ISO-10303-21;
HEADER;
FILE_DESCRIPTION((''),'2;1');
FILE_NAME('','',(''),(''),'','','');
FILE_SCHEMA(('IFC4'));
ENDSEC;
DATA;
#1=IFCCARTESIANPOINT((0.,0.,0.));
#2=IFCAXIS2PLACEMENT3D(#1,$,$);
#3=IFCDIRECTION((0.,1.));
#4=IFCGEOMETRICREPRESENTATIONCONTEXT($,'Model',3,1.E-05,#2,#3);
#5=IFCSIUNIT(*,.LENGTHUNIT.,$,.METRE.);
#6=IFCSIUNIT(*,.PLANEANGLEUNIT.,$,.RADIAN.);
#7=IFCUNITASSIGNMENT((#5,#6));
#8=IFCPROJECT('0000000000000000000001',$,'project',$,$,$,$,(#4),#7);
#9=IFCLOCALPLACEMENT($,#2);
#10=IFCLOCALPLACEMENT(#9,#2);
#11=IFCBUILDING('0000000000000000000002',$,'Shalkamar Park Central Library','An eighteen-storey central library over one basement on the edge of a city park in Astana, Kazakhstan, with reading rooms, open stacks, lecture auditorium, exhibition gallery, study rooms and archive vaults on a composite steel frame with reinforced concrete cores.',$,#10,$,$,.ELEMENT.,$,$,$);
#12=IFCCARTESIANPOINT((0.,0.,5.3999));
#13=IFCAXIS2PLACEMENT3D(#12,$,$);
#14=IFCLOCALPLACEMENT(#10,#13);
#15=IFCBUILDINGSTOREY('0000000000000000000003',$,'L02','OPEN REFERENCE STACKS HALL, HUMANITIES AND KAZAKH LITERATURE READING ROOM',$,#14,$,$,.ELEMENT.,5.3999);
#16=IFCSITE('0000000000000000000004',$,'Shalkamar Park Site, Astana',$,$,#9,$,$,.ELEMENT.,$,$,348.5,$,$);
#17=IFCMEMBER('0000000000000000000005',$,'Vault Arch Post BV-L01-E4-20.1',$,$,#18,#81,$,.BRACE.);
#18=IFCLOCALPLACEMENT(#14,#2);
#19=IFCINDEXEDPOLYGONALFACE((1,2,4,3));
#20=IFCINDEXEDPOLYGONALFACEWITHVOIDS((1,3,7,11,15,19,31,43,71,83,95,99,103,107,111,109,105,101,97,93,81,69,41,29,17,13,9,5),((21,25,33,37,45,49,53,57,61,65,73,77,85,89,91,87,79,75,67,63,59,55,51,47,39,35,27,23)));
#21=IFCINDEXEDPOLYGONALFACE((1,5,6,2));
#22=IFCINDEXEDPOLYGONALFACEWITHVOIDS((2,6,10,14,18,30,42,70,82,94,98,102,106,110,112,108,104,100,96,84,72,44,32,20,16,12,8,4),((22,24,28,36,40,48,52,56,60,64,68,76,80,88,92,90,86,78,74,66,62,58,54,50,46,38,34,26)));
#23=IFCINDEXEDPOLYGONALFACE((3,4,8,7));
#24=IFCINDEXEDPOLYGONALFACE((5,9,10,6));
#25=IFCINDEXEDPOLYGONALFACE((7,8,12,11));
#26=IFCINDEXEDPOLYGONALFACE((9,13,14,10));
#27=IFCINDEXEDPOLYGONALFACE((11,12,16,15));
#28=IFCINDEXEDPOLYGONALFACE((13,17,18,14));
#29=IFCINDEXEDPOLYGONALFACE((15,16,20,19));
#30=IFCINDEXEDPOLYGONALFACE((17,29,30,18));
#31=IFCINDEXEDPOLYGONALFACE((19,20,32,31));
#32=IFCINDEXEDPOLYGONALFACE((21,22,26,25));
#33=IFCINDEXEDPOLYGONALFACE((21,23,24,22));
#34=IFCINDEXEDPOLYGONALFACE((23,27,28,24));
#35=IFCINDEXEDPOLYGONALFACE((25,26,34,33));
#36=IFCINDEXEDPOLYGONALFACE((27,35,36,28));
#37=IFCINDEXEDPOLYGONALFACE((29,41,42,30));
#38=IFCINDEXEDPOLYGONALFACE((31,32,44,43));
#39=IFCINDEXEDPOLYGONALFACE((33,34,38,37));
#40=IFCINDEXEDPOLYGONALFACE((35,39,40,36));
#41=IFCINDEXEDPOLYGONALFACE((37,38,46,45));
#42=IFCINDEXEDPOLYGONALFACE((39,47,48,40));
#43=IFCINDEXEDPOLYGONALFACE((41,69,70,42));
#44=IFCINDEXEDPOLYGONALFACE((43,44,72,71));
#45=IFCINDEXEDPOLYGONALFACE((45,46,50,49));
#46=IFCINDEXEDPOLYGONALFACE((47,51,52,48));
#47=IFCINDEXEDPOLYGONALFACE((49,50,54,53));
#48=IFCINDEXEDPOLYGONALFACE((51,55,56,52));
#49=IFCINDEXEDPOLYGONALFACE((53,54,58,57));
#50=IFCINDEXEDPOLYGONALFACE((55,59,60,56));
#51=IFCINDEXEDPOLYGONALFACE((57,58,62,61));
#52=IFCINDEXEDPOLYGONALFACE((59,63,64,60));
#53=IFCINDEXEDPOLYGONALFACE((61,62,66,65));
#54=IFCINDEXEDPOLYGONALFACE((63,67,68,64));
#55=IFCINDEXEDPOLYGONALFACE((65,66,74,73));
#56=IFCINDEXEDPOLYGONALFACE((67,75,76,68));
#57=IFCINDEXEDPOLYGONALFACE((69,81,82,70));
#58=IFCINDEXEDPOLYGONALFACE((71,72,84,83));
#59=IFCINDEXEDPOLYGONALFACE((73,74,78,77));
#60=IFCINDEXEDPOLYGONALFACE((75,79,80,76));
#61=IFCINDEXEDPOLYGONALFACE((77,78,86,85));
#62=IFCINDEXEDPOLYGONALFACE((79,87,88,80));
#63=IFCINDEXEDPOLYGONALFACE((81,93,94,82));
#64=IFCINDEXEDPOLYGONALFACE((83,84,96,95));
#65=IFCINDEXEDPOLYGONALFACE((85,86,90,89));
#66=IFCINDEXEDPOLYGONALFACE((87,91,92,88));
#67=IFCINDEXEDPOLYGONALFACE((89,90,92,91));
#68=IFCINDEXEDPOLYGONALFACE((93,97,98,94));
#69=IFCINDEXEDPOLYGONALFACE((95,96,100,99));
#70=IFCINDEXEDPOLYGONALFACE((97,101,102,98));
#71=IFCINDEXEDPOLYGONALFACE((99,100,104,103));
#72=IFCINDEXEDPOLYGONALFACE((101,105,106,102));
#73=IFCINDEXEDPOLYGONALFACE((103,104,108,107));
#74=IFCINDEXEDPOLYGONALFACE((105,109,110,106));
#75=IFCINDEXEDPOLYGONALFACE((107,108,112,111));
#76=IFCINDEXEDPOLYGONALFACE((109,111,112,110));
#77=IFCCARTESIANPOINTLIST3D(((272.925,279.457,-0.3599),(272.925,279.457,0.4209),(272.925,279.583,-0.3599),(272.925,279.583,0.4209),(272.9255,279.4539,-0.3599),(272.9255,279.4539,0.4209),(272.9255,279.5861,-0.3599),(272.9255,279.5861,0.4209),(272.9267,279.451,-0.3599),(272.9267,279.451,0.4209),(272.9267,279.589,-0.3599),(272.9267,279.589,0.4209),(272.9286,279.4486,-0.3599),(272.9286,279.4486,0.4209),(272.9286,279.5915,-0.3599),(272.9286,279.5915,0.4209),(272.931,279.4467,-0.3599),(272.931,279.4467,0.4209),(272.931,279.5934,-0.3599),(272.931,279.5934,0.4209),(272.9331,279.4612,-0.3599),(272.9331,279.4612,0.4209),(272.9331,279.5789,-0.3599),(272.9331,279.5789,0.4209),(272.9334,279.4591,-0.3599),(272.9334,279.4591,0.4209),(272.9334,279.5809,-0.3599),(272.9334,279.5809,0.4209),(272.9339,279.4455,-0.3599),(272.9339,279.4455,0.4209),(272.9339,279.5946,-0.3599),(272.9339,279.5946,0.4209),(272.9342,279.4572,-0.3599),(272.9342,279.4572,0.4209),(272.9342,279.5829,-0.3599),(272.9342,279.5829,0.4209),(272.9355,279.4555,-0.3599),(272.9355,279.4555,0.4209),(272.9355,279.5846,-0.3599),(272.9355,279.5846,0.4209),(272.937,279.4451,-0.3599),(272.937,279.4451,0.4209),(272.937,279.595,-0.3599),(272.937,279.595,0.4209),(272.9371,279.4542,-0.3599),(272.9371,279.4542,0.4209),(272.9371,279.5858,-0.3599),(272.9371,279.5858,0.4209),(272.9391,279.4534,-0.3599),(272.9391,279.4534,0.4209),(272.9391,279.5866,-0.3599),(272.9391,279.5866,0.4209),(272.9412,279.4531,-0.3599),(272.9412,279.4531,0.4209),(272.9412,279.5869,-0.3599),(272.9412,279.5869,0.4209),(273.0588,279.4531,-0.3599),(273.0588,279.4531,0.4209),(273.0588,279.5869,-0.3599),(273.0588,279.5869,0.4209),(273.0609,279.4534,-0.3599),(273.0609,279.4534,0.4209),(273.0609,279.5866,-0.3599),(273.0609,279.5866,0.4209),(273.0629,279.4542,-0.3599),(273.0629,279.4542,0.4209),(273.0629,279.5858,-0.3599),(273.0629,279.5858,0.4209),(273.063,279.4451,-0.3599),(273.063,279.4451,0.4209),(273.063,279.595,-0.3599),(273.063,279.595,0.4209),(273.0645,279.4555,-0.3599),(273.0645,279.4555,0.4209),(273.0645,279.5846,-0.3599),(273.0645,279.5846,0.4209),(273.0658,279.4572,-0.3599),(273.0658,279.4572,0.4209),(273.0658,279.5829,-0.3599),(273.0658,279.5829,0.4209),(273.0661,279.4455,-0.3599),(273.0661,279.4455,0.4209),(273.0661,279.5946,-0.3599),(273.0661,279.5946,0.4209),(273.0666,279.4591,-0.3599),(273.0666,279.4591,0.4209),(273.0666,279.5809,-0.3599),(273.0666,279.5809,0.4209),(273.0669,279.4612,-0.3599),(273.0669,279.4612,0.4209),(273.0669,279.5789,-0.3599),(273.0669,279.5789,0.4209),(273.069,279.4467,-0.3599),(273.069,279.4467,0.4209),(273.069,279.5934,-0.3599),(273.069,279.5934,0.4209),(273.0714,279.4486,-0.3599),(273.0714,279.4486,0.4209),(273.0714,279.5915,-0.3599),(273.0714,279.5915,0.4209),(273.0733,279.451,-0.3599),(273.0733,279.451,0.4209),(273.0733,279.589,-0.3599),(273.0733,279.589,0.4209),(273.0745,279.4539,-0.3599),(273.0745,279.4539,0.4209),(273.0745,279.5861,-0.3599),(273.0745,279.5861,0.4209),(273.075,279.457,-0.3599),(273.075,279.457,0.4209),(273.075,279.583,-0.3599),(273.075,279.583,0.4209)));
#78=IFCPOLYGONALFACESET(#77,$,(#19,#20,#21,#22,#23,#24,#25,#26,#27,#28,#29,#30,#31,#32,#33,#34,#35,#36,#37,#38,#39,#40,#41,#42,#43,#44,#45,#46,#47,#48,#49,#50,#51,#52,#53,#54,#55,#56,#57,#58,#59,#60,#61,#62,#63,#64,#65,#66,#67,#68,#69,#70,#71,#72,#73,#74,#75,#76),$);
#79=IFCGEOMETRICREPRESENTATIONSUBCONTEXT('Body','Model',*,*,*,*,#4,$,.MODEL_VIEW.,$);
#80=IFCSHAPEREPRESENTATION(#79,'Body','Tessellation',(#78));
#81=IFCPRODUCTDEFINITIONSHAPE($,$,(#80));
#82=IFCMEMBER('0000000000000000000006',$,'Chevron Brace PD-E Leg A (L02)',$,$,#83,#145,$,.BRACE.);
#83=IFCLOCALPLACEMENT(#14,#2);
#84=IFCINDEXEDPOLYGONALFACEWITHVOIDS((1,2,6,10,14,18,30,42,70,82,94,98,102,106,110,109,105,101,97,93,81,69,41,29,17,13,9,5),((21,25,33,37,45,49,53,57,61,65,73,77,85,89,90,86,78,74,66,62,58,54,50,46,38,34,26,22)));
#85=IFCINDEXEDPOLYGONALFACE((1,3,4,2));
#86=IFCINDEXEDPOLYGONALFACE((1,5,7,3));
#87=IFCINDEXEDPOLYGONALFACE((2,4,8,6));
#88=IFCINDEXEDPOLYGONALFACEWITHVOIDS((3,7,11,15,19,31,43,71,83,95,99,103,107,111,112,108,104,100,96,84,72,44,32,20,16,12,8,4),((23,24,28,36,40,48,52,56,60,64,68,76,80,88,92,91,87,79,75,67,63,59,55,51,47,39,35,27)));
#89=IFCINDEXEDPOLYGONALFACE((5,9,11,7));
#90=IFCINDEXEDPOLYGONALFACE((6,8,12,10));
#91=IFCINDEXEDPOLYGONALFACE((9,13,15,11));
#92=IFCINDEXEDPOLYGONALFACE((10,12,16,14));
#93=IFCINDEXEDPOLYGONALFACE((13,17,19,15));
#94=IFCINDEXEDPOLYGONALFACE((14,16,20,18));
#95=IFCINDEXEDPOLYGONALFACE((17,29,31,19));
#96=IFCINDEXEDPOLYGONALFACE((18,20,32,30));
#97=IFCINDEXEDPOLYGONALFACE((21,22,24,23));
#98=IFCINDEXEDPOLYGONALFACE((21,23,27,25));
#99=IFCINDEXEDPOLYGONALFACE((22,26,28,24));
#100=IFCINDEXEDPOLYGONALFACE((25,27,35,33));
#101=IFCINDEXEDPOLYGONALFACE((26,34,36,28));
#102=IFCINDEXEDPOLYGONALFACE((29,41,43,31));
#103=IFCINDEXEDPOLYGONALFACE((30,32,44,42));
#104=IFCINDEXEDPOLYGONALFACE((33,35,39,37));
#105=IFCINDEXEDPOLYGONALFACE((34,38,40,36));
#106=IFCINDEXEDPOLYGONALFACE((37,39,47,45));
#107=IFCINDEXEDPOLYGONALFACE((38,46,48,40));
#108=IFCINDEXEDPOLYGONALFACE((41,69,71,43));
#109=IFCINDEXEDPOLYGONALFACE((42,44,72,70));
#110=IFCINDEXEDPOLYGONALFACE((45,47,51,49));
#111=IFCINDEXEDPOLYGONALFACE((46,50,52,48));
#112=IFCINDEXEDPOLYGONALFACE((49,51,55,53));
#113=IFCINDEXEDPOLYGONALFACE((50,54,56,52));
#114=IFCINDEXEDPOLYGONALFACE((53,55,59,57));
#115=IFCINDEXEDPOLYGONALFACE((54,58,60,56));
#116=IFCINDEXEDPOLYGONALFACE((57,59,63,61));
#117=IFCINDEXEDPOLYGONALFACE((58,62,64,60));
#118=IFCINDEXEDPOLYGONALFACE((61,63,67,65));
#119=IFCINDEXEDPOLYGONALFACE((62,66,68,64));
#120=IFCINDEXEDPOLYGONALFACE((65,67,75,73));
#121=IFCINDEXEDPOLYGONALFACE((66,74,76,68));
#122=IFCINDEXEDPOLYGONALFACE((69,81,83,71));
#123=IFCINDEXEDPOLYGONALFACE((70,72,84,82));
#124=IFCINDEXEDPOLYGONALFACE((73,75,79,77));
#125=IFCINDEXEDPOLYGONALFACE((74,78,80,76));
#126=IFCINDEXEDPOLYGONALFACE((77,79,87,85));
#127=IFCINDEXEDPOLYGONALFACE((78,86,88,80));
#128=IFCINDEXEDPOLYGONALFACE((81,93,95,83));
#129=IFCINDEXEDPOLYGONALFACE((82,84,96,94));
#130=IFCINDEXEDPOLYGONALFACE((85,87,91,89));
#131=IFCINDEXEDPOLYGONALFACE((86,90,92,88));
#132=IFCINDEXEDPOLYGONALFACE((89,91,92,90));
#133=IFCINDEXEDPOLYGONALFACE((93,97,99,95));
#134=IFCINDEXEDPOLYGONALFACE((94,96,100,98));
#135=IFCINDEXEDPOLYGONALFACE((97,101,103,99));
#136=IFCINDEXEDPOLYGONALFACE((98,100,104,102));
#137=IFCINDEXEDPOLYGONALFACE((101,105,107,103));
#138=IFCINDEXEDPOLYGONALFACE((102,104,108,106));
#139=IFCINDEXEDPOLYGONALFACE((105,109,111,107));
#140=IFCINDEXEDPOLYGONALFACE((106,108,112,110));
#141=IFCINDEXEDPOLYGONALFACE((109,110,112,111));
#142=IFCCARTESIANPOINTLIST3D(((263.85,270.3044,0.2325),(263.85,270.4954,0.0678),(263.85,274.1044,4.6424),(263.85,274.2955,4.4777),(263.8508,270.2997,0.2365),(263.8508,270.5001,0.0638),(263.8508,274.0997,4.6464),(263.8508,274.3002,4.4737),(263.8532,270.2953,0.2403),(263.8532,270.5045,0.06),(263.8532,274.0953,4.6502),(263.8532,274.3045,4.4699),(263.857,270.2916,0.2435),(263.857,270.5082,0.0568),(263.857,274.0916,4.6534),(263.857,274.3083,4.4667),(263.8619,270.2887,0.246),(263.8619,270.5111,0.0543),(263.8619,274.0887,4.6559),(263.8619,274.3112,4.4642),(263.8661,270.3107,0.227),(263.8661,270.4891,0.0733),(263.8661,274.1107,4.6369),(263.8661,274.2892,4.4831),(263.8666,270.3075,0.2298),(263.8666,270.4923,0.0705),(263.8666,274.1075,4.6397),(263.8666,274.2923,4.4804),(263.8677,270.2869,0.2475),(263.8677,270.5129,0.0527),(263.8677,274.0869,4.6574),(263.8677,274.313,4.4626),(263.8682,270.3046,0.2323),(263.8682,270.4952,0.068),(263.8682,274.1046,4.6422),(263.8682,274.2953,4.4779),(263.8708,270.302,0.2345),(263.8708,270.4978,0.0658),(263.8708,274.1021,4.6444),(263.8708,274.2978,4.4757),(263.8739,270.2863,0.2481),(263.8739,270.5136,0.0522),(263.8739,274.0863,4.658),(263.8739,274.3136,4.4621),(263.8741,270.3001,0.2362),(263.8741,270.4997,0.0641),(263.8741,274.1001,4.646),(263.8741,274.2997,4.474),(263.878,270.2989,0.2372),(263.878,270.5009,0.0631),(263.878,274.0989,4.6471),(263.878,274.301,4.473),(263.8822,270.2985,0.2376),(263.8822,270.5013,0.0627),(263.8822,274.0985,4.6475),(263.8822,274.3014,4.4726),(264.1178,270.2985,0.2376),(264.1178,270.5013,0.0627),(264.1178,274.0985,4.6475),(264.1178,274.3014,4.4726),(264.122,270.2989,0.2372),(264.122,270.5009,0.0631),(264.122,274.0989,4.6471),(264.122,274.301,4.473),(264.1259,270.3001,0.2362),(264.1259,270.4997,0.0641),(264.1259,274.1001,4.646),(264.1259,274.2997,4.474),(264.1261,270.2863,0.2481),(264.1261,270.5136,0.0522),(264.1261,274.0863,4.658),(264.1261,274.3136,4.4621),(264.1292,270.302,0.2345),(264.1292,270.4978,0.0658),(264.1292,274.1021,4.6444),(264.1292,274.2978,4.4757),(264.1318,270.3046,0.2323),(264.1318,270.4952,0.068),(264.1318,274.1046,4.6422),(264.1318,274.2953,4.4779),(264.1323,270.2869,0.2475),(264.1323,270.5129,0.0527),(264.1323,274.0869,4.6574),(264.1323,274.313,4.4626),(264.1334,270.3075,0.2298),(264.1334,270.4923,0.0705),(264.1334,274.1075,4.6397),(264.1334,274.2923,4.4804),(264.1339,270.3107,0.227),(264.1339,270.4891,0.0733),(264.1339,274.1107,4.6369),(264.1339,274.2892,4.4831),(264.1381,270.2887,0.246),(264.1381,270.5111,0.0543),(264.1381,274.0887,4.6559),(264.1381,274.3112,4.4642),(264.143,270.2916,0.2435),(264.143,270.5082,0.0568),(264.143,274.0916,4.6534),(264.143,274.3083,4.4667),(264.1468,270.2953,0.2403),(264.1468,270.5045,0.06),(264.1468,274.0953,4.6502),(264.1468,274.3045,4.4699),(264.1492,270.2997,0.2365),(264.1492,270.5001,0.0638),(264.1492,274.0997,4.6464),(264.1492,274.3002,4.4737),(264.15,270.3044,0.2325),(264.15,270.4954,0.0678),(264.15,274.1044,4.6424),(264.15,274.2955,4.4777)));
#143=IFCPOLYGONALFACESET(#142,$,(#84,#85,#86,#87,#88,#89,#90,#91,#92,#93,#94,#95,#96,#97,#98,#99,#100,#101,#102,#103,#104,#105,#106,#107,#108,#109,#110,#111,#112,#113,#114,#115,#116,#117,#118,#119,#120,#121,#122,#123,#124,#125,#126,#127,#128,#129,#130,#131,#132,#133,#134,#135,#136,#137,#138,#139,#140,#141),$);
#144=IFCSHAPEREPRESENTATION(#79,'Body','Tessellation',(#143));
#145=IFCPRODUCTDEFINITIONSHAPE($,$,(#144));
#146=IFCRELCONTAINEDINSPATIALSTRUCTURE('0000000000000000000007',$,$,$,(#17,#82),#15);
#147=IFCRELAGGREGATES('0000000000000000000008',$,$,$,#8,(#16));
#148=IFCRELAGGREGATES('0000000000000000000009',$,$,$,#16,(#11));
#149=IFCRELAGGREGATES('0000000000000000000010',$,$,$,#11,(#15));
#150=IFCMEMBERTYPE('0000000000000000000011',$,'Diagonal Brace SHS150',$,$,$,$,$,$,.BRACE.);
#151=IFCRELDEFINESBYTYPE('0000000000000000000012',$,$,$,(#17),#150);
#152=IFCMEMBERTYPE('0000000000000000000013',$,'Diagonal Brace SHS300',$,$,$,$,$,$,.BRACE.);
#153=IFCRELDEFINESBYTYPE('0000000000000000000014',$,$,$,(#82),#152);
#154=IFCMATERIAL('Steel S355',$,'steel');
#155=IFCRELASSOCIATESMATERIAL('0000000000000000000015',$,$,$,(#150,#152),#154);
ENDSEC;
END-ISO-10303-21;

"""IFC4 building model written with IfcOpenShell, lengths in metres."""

from ifc_helpers import new_model, si_unit, direction, frame, origin, origin_2d, place, context, subcontext, project, spatial, hollow_rectangle, extrude, material, material_profile, profile_set, type_object, element, save


model = new_model("IFC4")

# Units and contexts
model_context = context("Model", 3, precision=1e-05, world=origin(), true_north=direction((0.0, 1.0)))
body_context = subcontext(model_context, "Body", "Model", "MODEL_VIEW")
ifc_project = project(units=[si_unit("LENGTHUNIT", "METRE"), si_unit("PLANEANGLEUNIT", "RADIAN")], contexts=[model_context])

# Site, building, storey
site_placement = place(None, origin())
site = spatial("IfcSite", under=ifc_project, at=site_placement, Name="Shalkamar Park Site, Astana", CompositionType="ELEMENT", RefElevation=348.5)
building_placement = place(site_placement, origin())
building = spatial("IfcBuilding", under=site, at=building_placement, Name="Shalkamar Park Central Library", Description="An eighteen-storey central library over one basement on the edge of a city park in Astana, Kazakhstan, with reading rooms, open stacks, lecture auditorium, exhibition gallery, study rooms and archive vaults on a composite steel frame with reinforced concrete cores.", CompositionType="ELEMENT")
storey_placement = place(building_placement, frame((0.0, 0.0, 5.3999)))
storey = spatial("IfcBuildingStorey", under=building, at=storey_placement, Name="L02", Description="OPEN REFERENCE STACKS HALL, HUMANITIES AND KAZAKH LITERATURE READING ROOM", CompositionType="ELEMENT", Elevation=5.3999)

# Shared definitions
ifc_material_1 = material(Name="Steel S355", Category="steel")

# Members
ifc_material_profile_1 = material_profile(ifc_material_1, hollow_rectangle(XDim=0.1499, YDim=0.1499, WallThickness=0.0081, InnerFilletRadius=0.0081, OuterFilletRadius=0.012, at=origin_2d()), Name="SHS 150x150x8")
ifc_profile_set_1 = profile_set([ifc_material_profile_1], Name="Steel S355")
member_type_1 = type_object("IfcMemberType", Name="Diagonal Brace SHS150", PredefinedType="BRACE", material=ifc_profile_set_1)
member_1_placement = place(storey_placement, frame((273.0, 279.52, -0.3599), z_axis=(0.0, 0.0, 1.0), x_axis=(1.0, 0.0, 0.0)))
element("IfcMember", 1, at=member_1_placement, inside=storey, type_object=member_type_1, Name="Vault Arch Post BV-L01-E4-20.1", PredefinedType="BRACE", context=body_context, shape_type="SweptSolid", body=[
    extrude(hollow_rectangle(XDim=0.1499, YDim=0.1499, WallThickness=0.0081, InnerFilletRadius=0.0081, OuterFilletRadius=0.012, at=origin_2d()), origin(), (0.0, 0.0, 1.0), 0.7808),
])
ifc_material_profile_2 = material_profile(ifc_material_1, hollow_rectangle(XDim=0.3, YDim=0.3, WallThickness=0.0161, InnerFilletRadius=0.0161, OuterFilletRadius=0.0239, at=origin_2d()), Name="SHS 300x300x16")
ifc_profile_set_2 = profile_set([ifc_material_profile_2], Name="Steel S355")
member_type_2 = type_object("IfcMemberType", Name="Diagonal Brace SHS300", PredefinedType="BRACE", material=ifc_profile_set_2)
for number, where, z_axis, x_axis, name in (
    (2, (264.0, 270.3999, 0.1501), (0.0, 0.652782, 0.757546), (-1.0, 0.0, 0.0), "Chevron Brace PD-E Leg A (L02)"),
):
    element("IfcMember", number, at=place(storey_placement, frame(where, z_axis=z_axis, x_axis=x_axis)), inside=storey, type_object=member_type_2, Name=name, PredefinedType="BRACE", context=body_context, shape_type="SweptSolid", body=[
        extrude(hollow_rectangle(XDim=0.3, YDim=0.3, WallThickness=0.0161, InnerFilletRadius=0.0161, OuterFilletRadius=0.0239, at=origin_2d()), origin(), (0.0, 0.0, 1.0), 5.8213),
    ])

save(model, "model.ifc")
